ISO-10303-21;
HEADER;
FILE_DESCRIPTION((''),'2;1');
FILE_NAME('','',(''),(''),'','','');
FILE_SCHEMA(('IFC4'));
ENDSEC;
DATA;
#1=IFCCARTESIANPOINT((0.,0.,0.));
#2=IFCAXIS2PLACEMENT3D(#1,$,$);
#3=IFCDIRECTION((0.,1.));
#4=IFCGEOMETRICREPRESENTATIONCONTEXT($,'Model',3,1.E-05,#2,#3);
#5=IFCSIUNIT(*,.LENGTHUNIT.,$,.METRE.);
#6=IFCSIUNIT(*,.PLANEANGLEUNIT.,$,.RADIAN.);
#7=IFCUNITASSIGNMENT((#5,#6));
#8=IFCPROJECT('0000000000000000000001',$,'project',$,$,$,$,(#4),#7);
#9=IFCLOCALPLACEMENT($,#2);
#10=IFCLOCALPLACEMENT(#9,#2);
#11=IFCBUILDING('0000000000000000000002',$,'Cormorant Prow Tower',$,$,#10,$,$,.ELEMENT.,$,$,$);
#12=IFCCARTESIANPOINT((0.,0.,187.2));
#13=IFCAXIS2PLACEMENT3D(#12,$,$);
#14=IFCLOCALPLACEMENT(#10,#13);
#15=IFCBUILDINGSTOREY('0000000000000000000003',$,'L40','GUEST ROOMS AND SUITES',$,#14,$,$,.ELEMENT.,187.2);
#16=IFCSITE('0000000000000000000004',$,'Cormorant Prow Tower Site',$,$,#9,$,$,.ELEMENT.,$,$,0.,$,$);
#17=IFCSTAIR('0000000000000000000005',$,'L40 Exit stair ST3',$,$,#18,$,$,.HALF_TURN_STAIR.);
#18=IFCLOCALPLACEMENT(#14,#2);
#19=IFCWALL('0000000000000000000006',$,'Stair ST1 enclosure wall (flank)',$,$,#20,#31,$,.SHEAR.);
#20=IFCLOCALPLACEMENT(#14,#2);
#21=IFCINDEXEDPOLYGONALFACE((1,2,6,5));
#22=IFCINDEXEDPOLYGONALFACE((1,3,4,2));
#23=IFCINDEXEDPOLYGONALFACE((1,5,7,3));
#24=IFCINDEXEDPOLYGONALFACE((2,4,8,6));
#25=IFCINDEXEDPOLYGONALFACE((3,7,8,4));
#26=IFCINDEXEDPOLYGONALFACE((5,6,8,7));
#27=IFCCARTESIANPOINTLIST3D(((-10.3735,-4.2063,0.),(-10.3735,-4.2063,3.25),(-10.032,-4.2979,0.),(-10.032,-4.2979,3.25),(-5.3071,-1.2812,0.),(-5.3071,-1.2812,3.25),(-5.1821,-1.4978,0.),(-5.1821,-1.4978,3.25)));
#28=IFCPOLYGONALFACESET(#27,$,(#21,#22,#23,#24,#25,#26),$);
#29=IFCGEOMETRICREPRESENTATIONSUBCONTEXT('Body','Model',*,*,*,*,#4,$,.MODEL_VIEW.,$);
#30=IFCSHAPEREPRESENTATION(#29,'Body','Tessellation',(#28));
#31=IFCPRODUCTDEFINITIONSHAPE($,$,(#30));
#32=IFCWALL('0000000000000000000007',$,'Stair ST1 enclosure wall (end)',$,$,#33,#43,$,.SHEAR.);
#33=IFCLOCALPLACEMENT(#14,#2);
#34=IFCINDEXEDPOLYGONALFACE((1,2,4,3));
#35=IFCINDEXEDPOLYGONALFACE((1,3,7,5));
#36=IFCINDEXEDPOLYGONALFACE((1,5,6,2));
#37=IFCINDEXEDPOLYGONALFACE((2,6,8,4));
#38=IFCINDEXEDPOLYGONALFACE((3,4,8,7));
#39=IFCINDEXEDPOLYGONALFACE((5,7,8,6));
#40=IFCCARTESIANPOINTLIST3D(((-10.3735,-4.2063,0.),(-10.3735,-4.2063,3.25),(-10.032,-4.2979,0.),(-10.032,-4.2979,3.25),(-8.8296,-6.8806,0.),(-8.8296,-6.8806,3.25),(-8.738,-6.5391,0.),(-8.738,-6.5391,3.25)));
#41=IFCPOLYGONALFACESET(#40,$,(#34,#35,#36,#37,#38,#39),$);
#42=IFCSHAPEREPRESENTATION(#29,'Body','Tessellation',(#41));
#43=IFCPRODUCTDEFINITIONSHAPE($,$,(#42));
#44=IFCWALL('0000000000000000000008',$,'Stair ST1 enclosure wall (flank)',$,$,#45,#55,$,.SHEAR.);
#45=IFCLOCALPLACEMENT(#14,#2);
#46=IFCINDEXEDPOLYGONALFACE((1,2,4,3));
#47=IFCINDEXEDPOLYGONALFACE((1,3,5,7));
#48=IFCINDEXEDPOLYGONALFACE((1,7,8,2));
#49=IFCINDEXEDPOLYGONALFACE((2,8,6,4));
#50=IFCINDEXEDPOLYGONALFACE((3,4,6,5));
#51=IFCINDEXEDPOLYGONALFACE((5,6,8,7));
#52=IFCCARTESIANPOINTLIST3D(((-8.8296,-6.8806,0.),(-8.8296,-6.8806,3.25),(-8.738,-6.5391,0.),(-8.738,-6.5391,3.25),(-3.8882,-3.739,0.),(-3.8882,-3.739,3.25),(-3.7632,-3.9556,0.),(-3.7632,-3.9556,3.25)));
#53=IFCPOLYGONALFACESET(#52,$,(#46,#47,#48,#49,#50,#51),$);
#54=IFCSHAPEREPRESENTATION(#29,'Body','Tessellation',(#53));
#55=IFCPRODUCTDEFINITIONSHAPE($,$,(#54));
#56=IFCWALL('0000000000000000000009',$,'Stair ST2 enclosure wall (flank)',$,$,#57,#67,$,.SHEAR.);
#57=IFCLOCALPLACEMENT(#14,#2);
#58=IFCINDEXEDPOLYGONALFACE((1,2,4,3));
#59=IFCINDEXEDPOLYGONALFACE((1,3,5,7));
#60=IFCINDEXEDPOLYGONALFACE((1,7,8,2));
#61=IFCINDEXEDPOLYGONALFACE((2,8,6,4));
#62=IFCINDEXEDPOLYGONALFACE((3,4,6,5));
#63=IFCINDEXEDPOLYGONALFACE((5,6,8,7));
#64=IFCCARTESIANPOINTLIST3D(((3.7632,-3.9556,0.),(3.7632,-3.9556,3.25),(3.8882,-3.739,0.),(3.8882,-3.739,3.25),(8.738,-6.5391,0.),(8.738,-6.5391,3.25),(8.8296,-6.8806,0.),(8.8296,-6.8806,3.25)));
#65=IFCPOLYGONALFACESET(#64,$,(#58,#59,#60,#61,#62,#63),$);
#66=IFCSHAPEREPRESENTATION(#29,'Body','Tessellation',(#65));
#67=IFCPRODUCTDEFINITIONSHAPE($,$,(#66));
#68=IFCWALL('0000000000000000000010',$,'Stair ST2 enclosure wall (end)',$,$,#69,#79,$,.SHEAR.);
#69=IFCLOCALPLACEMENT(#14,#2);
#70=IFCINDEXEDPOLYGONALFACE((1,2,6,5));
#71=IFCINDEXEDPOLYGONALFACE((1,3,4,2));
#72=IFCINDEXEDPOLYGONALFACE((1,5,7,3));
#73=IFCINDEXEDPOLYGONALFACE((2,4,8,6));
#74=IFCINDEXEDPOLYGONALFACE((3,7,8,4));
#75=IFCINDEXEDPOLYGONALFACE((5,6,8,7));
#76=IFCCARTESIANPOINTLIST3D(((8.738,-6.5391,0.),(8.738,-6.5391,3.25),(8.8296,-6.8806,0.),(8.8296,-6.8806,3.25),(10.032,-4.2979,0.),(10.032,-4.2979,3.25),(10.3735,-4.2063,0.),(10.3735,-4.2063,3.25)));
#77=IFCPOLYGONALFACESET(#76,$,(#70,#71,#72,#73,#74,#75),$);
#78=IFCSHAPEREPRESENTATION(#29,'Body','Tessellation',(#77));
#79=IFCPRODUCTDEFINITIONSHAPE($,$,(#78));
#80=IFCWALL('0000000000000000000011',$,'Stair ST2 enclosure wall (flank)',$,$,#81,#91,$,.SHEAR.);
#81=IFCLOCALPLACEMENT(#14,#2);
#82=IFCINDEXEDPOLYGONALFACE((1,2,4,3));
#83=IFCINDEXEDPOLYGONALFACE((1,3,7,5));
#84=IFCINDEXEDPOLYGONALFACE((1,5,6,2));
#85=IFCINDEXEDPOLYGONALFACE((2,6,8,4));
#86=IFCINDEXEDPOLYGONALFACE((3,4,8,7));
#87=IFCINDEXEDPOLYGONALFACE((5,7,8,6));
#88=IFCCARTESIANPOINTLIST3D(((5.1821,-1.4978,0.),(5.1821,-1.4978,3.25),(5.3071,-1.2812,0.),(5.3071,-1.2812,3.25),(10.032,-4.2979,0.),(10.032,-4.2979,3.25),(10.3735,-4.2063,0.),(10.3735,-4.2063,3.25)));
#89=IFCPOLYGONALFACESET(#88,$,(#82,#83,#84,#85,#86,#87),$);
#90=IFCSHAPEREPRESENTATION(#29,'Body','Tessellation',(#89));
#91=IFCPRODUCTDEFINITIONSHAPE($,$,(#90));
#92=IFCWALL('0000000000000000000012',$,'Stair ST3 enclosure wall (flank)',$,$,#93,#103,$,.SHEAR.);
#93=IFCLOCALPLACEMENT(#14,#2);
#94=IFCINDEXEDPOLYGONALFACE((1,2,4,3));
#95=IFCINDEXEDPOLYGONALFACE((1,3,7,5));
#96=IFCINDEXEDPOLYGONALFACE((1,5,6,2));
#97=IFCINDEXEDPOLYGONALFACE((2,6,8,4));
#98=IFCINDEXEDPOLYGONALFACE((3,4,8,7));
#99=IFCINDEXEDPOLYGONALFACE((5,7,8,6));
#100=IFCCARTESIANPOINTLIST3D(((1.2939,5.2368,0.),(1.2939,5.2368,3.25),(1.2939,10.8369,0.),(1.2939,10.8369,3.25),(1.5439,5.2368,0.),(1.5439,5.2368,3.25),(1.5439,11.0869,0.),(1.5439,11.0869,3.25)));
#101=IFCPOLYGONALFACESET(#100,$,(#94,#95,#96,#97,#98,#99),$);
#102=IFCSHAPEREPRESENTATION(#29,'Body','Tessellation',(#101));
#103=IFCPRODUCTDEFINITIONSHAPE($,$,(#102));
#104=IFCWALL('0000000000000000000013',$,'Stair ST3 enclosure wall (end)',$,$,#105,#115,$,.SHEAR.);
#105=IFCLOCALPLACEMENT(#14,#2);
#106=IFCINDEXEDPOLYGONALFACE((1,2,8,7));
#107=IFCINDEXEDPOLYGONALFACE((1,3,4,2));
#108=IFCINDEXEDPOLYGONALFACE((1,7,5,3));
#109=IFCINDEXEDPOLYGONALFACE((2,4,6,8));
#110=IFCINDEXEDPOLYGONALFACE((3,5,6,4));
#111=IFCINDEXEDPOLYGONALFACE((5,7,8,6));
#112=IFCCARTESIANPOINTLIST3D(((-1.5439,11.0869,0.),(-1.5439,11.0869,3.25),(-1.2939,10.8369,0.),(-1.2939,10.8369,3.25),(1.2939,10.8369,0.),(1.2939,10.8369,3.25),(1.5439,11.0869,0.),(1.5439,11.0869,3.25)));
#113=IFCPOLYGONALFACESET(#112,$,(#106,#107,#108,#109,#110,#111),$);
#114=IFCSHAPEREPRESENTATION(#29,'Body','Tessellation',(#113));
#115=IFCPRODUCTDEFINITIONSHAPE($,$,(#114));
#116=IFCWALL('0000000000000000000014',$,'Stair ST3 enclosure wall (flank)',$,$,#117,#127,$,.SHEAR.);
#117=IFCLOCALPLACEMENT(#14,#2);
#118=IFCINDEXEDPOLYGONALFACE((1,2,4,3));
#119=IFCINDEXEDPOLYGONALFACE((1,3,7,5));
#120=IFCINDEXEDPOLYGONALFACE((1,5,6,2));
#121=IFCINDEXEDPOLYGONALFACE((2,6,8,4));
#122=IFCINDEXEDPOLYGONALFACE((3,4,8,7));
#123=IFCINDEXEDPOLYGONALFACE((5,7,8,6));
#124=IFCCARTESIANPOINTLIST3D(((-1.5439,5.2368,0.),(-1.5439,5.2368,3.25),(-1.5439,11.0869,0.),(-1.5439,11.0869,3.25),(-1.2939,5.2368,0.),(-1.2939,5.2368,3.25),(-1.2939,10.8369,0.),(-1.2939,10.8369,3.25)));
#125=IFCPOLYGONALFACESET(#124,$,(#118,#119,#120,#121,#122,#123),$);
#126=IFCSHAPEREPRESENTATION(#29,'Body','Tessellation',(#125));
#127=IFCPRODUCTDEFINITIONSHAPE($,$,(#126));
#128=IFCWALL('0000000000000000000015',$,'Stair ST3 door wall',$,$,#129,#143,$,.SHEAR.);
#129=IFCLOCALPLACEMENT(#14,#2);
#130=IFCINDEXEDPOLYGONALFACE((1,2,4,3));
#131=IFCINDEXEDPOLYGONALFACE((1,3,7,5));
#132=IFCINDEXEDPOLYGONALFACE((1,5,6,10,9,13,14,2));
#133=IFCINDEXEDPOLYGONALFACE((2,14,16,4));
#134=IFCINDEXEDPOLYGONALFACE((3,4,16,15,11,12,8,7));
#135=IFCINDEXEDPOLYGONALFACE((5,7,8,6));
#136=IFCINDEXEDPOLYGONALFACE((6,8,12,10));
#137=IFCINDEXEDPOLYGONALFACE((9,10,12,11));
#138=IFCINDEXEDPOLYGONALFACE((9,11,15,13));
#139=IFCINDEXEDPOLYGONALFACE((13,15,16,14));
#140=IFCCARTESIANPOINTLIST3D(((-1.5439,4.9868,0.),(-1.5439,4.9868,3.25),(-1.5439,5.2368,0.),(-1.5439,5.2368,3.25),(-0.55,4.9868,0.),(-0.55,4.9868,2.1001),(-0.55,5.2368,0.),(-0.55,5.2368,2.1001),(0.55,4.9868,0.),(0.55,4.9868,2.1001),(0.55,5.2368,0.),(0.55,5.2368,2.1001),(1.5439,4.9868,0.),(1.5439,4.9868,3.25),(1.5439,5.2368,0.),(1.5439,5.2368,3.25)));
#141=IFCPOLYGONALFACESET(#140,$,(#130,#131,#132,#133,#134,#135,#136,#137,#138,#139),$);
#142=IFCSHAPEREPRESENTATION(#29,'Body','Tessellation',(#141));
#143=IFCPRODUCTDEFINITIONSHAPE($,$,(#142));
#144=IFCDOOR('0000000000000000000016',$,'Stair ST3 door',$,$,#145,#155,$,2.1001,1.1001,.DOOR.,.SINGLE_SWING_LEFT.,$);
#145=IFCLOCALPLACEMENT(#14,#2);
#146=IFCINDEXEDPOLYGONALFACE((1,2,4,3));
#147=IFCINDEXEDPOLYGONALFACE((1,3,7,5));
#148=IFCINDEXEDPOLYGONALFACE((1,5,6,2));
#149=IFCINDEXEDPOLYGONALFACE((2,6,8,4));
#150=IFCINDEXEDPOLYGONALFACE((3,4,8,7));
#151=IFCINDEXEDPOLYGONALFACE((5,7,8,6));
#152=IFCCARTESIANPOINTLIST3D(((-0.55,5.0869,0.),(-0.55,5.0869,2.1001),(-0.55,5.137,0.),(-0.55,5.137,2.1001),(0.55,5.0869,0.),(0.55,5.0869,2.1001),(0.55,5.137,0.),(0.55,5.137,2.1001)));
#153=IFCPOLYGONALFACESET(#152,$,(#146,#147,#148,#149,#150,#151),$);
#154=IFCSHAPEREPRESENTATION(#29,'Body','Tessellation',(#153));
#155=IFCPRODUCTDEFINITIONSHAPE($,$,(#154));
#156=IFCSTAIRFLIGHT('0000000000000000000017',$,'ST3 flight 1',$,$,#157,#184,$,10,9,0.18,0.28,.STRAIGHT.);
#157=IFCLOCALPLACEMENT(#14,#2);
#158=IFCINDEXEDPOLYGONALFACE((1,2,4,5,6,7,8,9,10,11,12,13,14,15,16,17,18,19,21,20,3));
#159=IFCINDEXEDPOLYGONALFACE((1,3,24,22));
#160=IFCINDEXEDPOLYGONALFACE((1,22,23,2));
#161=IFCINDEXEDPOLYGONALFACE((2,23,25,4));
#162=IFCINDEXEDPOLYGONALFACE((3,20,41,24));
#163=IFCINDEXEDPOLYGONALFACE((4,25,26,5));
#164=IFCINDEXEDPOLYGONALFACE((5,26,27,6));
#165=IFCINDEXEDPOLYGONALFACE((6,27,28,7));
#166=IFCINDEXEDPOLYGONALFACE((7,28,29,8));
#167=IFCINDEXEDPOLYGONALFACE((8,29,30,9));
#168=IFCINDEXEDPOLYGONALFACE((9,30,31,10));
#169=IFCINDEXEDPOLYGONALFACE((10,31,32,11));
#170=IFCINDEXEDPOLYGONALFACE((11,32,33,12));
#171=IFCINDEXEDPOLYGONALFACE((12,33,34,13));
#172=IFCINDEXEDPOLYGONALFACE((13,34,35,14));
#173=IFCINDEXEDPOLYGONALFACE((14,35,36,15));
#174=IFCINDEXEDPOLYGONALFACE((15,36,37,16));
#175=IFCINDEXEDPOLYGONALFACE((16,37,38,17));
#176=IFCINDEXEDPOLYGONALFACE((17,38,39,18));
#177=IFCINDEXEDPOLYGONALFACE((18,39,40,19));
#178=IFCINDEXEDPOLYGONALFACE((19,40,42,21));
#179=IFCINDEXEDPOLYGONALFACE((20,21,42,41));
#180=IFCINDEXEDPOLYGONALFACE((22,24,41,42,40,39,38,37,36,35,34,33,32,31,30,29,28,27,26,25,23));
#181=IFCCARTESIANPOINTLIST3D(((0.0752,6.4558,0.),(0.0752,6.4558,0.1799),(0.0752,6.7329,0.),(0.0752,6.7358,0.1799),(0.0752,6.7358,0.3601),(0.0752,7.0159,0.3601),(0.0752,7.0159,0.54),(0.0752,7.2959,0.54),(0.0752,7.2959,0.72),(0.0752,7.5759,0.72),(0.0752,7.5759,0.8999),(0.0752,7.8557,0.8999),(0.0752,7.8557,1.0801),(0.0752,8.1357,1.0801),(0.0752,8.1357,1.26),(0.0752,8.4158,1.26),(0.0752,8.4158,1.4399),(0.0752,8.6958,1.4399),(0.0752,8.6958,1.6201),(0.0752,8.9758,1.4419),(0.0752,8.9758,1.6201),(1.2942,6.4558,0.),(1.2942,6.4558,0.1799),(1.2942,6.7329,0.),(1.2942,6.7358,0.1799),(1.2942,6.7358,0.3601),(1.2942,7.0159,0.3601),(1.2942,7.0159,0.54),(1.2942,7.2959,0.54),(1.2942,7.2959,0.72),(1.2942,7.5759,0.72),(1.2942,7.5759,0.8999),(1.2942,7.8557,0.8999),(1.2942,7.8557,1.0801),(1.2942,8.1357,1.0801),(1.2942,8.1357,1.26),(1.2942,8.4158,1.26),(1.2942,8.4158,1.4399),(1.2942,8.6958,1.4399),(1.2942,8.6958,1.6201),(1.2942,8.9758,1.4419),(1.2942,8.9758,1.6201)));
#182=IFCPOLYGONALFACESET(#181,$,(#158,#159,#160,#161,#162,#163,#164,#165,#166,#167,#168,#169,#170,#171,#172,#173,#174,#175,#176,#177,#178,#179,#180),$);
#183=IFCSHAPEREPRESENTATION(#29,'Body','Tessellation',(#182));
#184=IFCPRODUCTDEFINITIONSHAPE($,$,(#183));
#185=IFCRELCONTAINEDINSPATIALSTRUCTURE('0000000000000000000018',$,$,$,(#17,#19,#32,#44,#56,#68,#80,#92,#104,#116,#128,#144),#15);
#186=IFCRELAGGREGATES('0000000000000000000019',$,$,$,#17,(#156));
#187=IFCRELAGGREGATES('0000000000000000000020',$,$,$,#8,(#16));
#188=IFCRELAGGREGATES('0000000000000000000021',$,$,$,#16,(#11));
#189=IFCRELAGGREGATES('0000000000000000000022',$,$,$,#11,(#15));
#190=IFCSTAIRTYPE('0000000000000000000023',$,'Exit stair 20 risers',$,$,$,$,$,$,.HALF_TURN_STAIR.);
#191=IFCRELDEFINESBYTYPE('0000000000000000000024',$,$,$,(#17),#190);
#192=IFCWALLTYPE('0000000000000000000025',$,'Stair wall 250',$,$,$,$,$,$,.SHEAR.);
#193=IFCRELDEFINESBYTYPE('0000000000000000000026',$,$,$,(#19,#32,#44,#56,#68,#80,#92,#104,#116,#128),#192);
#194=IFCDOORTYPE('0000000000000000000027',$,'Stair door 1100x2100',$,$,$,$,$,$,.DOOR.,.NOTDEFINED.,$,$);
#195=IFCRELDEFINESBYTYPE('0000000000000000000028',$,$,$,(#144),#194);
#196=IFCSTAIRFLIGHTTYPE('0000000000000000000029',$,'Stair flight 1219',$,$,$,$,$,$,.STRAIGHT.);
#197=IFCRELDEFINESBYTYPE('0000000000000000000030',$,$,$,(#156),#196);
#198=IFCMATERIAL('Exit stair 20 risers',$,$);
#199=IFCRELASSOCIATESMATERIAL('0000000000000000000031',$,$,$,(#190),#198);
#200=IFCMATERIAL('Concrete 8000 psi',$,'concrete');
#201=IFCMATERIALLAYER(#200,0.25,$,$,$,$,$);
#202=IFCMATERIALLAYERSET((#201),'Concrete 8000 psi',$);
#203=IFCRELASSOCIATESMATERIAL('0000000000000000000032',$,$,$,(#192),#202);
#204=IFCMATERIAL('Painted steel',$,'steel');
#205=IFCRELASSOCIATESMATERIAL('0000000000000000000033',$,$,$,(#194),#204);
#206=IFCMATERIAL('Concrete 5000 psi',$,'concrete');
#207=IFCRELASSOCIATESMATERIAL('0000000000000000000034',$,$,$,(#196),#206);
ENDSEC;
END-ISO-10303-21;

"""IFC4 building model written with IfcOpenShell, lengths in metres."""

from ifc_helpers import new_model, si_unit, direction, frame, frame_2d, origin, place, context, subcontext, project, spatial, polyline, rectangle, outline, extrude, material, layer, layer_set, type_object, element, fill, aggregate, save


model = new_model("IFC4")

# Units and contexts
model_context = context("Model", 3, precision=1e-05, world=origin(), true_north=direction((0.0, 1.0)))
body_context = subcontext(model_context, "Body", "Model", "MODEL_VIEW")
ifc_project = project(units=[si_unit("LENGTHUNIT", "METRE"), si_unit("PLANEANGLEUNIT", "RADIAN")], contexts=[model_context])

# Site, building, storey
site_placement = place(None, origin())
site = spatial("IfcSite", under=ifc_project, at=site_placement, Name="Cormorant Prow Tower Site", CompositionType="ELEMENT", RefElevation=0.0)
building_placement = place(site_placement, origin())
building = spatial("IfcBuilding", under=site, at=building_placement, Name="Cormorant Prow Tower", CompositionType="ELEMENT")
storey_placement = place(building_placement, frame((0.0, 0.0, 187.2)))
storey = spatial("IfcBuildingStorey", under=building, at=storey_placement, Name="L40", Description="GUEST ROOMS AND SUITES", CompositionType="ELEMENT", Elevation=187.2)

# Stair
ifc_material_1 = material(Name="Exit stair 20 risers")
stair_type = type_object("IfcStairType", Name="Exit stair 20 risers", PredefinedType="HALF_TURN_STAIR", material=ifc_material_1)
stair_1_placement = place(storey_placement, origin())
stair_1 = element("IfcStair", 1, at=stair_1_placement, inside=storey, type_object=stair_type, Name="L40 Exit stair ST3", PredefinedType="HALF_TURN_STAIR")

# Walls
ifc_material_2 = material(Name="Concrete 8000 psi", Category="concrete")
ifc_layer_1 = layer(ifc_material_2, 0.25)
ifc_layer_set_1 = layer_set([ifc_layer_1], Name="Concrete 8000 psi")
wall_type_1 = type_object("IfcWallType", Name="Stair wall 250", PredefinedType="SHEAR", material=ifc_layer_set_1)
wall_1_placement = place(storey_placement, origin())
element("IfcWall", 2, at=wall_1_placement, inside=storey, type_object=wall_type_1, Name="Stair ST1 enclosure wall (flank)", PredefinedType="SHEAR", context=body_context, shape_type="SweptSolid", body=[
    extrude(outline(polyline([(-5.3071, -1.2812), (-10.3735, -4.2063), (-10.032, -4.2979), (-5.1821, -1.4978), (-5.3071, -1.2812)])), origin(), (0.0, 0.0, 1.0), 3.25),
])
wall_2_placement = place(storey_placement, origin())
element("IfcWall", 3, at=wall_2_placement, inside=storey, type_object=wall_type_1, Name="Stair ST1 enclosure wall (end)", PredefinedType="SHEAR", context=body_context, shape_type="SweptSolid", body=[
    extrude(outline(polyline([(-10.3735, -4.2063), (-8.8296, -6.8806), (-8.738, -6.5391), (-10.032, -4.2979), (-10.3735, -4.2063)])), origin(), (0.0, 0.0, 1.0), 3.25),
])
wall_3_placement = place(storey_placement, origin())
element("IfcWall", 4, at=wall_3_placement, inside=storey, type_object=wall_type_1, Name="Stair ST1 enclosure wall (flank)", PredefinedType="SHEAR", context=body_context, shape_type="SweptSolid", body=[
    extrude(outline(polyline([(-8.738, -6.5391), (-8.8296, -6.8806), (-3.7632, -3.9556), (-3.8882, -3.739), (-8.738, -6.5391)])), origin(), (0.0, 0.0, 1.0), 3.25),
])
wall_4_placement = place(storey_placement, origin())
element("IfcWall", 5, at=wall_4_placement, inside=storey, type_object=wall_type_1, Name="Stair ST2 enclosure wall (flank)", PredefinedType="SHEAR", context=body_context, shape_type="SweptSolid", body=[
    extrude(outline(polyline([(3.7632, -3.9556), (8.8296, -6.8806), (8.738, -6.5391), (3.8882, -3.739), (3.7632, -3.9556)])), origin(), (0.0, 0.0, 1.0), 3.25),
])
wall_5_placement = place(storey_placement, origin())
element("IfcWall", 6, at=wall_5_placement, inside=storey, type_object=wall_type_1, Name="Stair ST2 enclosure wall (end)", PredefinedType="SHEAR", context=body_context, shape_type="SweptSolid", body=[
    extrude(outline(polyline([(8.8296, -6.8806), (10.3735, -4.2063), (10.032, -4.2979), (8.738, -6.5391), (8.8296, -6.8806)])), origin(), (0.0, 0.0, 1.0), 3.25),
])
wall_6_placement = place(storey_placement, origin())
element("IfcWall", 7, at=wall_6_placement, inside=storey, type_object=wall_type_1, Name="Stair ST2 enclosure wall (flank)", PredefinedType="SHEAR", context=body_context, shape_type="SweptSolid", body=[
    extrude(outline(polyline([(10.032, -4.2979), (10.3735, -4.2063), (5.3071, -1.2812), (5.1821, -1.4978), (10.032, -4.2979)])), origin(), (0.0, 0.0, 1.0), 3.25),
])
wall_7_placement = place(storey_placement, origin())
element("IfcWall", 8, at=wall_7_placement, inside=storey, type_object=wall_type_1, Name="Stair ST3 enclosure wall (flank)", PredefinedType="SHEAR", context=body_context, shape_type="SweptSolid", body=[
    extrude(outline(polyline([(1.5439, 5.2368), (1.5439, 11.0869), (1.2939, 10.8369), (1.2939, 5.2368), (1.5439, 5.2368)])), origin(), (0.0, 0.0, 1.0), 3.25),
])
wall_8_placement = place(storey_placement, origin())
element("IfcWall", 9, at=wall_8_placement, inside=storey, type_object=wall_type_1, Name="Stair ST3 enclosure wall (end)", PredefinedType="SHEAR", context=body_context, shape_type="SweptSolid", body=[
    extrude(outline(polyline([(1.5439, 11.0869), (-1.5439, 11.0869), (-1.2939, 10.8369), (1.2939, 10.8369), (1.5439, 11.0869)])), origin(), (0.0, 0.0, 1.0), 3.25),
])
wall_9_placement = place(storey_placement, origin())
element("IfcWall", 10, at=wall_9_placement, inside=storey, type_object=wall_type_1, Name="Stair ST3 enclosure wall (flank)", PredefinedType="SHEAR", context=body_context, shape_type="SweptSolid", body=[
    extrude(outline(polyline([(-1.2939, 10.8369), (-1.5439, 11.0869), (-1.5439, 5.2368), (-1.2939, 5.2368), (-1.2939, 10.8369)])), origin(), (0.0, 0.0, 1.0), 3.25),
])

# Wall, opening, door
wall_10_placement = place(storey_placement, frame((1.5439, 5.1118, 0.0), z_axis=(0.0, 0.0, 1.0), x_axis=(-1.0, 0.0, 0.0)))
wall_10 = element("IfcWall", 11, at=wall_10_placement, inside=storey, type_object=wall_type_1, Name="Stair ST3 door wall", PredefinedType="SHEAR", context=body_context, shape_type="SweptSolid", body=[
    extrude(rectangle(XDim=3.0879, YDim=0.25, at=frame_2d((1.5439, 0.0))), origin(), (0.0, 0.0, 1.0), 3.25),
])
opening_1_placement = place(wall_10_placement, frame((0.9939, 0.0, 0.0)))
opening_1 = element("IfcOpeningElement", 12, at=opening_1_placement, cuts=wall_10, PredefinedType="OPENING", context=body_context, shape_type="SweptSolid", body=[
    extrude(rectangle(XDim=1.1001, YDim=2.1001, at=frame_2d((0.55, 1.05))), frame((0.0, 0.135, 0.0), z_axis=(0.0, -1.0, 0.0), x_axis=(1.0, 0.0, 0.0)), (0.0, 0.0, 1.0), 0.27),
])
ifc_material_3 = material(Name="Painted steel", Category="steel")
door_type_1 = type_object("IfcDoorType", Name="Stair door 1100x2100", OperationType="NOTDEFINED", PredefinedType="DOOR", material=ifc_material_3)
door_1_placement = place(opening_1_placement, origin())
door_1 = element("IfcDoor", 13, at=door_1_placement, inside=storey, type_object=door_type_1, Name="Stair ST3 door", OperationType="SINGLE_SWING_LEFT", OverallHeight=2.1001, OverallWidth=1.1001, PredefinedType="DOOR", context=body_context, shape_type="SweptSolid", body=[
    extrude(rectangle(XDim=1.1001, YDim=2.1001, at=frame_2d((0.55, 1.05))), frame((0.0, 0.0249, 0.0), z_axis=(0.0, -1.0, 0.0), x_axis=(1.0, 0.0, 0.0)), (0.0, 0.0, 1.0), 0.05),
])
fill(opening_1, door_1)

# Stair flight
ifc_material_4 = material(Name="Concrete 5000 psi", Category="concrete")
stair_flight_type = type_object("IfcStairFlightType", Name="Stair flight 1219", PredefinedType="STRAIGHT", material=ifc_material_4)
stair_flight_placement = place(storey_placement, frame((0.6846, 6.4558, 0.0), z_axis=(0.0, 0.0, 1.0), x_axis=(0.0, 1.0, 0.0)))
stair_flight = element("IfcStairFlight", 14, at=stair_flight_placement, type_object=stair_flight_type, Name="ST3 flight 1", NumberOfRisers=10, NumberOfTreads=9, PredefinedType="STRAIGHT", RiserHeight=0.18, TreadLength=0.28, context=body_context, shape_type="SweptSolid", body=[
    extrude(outline(polyline([(0.0, 0.0), (0.0, 0.1799), (0.28, 0.1799), (0.28, 0.3601), (0.5601, 0.3601), (0.5601, 0.54), (0.8401, 0.54), (0.8401, 0.72), (1.1201, 0.72), (1.1201, 0.8999), (1.3999, 0.8999), (1.3999, 1.0801), (1.6799, 1.0801), (1.6799, 1.26), (1.96, 1.26), (1.96, 1.4399), (2.24, 1.4399), (2.24, 1.6201), (2.52, 1.6201), (2.52, 1.8), (2.52, 1.4419), (0.2771, 0.0), (0.0, 0.0)])), frame((0.0, 0.6094, 0.0), z_axis=(0.0, -1.0, 0.0), x_axis=(1.0, 0.0, 0.0)), (0.0, 0.0, 1.0), 1.219),
])
aggregate(stair_1, [stair_flight])

save(model, "model.ifc")
